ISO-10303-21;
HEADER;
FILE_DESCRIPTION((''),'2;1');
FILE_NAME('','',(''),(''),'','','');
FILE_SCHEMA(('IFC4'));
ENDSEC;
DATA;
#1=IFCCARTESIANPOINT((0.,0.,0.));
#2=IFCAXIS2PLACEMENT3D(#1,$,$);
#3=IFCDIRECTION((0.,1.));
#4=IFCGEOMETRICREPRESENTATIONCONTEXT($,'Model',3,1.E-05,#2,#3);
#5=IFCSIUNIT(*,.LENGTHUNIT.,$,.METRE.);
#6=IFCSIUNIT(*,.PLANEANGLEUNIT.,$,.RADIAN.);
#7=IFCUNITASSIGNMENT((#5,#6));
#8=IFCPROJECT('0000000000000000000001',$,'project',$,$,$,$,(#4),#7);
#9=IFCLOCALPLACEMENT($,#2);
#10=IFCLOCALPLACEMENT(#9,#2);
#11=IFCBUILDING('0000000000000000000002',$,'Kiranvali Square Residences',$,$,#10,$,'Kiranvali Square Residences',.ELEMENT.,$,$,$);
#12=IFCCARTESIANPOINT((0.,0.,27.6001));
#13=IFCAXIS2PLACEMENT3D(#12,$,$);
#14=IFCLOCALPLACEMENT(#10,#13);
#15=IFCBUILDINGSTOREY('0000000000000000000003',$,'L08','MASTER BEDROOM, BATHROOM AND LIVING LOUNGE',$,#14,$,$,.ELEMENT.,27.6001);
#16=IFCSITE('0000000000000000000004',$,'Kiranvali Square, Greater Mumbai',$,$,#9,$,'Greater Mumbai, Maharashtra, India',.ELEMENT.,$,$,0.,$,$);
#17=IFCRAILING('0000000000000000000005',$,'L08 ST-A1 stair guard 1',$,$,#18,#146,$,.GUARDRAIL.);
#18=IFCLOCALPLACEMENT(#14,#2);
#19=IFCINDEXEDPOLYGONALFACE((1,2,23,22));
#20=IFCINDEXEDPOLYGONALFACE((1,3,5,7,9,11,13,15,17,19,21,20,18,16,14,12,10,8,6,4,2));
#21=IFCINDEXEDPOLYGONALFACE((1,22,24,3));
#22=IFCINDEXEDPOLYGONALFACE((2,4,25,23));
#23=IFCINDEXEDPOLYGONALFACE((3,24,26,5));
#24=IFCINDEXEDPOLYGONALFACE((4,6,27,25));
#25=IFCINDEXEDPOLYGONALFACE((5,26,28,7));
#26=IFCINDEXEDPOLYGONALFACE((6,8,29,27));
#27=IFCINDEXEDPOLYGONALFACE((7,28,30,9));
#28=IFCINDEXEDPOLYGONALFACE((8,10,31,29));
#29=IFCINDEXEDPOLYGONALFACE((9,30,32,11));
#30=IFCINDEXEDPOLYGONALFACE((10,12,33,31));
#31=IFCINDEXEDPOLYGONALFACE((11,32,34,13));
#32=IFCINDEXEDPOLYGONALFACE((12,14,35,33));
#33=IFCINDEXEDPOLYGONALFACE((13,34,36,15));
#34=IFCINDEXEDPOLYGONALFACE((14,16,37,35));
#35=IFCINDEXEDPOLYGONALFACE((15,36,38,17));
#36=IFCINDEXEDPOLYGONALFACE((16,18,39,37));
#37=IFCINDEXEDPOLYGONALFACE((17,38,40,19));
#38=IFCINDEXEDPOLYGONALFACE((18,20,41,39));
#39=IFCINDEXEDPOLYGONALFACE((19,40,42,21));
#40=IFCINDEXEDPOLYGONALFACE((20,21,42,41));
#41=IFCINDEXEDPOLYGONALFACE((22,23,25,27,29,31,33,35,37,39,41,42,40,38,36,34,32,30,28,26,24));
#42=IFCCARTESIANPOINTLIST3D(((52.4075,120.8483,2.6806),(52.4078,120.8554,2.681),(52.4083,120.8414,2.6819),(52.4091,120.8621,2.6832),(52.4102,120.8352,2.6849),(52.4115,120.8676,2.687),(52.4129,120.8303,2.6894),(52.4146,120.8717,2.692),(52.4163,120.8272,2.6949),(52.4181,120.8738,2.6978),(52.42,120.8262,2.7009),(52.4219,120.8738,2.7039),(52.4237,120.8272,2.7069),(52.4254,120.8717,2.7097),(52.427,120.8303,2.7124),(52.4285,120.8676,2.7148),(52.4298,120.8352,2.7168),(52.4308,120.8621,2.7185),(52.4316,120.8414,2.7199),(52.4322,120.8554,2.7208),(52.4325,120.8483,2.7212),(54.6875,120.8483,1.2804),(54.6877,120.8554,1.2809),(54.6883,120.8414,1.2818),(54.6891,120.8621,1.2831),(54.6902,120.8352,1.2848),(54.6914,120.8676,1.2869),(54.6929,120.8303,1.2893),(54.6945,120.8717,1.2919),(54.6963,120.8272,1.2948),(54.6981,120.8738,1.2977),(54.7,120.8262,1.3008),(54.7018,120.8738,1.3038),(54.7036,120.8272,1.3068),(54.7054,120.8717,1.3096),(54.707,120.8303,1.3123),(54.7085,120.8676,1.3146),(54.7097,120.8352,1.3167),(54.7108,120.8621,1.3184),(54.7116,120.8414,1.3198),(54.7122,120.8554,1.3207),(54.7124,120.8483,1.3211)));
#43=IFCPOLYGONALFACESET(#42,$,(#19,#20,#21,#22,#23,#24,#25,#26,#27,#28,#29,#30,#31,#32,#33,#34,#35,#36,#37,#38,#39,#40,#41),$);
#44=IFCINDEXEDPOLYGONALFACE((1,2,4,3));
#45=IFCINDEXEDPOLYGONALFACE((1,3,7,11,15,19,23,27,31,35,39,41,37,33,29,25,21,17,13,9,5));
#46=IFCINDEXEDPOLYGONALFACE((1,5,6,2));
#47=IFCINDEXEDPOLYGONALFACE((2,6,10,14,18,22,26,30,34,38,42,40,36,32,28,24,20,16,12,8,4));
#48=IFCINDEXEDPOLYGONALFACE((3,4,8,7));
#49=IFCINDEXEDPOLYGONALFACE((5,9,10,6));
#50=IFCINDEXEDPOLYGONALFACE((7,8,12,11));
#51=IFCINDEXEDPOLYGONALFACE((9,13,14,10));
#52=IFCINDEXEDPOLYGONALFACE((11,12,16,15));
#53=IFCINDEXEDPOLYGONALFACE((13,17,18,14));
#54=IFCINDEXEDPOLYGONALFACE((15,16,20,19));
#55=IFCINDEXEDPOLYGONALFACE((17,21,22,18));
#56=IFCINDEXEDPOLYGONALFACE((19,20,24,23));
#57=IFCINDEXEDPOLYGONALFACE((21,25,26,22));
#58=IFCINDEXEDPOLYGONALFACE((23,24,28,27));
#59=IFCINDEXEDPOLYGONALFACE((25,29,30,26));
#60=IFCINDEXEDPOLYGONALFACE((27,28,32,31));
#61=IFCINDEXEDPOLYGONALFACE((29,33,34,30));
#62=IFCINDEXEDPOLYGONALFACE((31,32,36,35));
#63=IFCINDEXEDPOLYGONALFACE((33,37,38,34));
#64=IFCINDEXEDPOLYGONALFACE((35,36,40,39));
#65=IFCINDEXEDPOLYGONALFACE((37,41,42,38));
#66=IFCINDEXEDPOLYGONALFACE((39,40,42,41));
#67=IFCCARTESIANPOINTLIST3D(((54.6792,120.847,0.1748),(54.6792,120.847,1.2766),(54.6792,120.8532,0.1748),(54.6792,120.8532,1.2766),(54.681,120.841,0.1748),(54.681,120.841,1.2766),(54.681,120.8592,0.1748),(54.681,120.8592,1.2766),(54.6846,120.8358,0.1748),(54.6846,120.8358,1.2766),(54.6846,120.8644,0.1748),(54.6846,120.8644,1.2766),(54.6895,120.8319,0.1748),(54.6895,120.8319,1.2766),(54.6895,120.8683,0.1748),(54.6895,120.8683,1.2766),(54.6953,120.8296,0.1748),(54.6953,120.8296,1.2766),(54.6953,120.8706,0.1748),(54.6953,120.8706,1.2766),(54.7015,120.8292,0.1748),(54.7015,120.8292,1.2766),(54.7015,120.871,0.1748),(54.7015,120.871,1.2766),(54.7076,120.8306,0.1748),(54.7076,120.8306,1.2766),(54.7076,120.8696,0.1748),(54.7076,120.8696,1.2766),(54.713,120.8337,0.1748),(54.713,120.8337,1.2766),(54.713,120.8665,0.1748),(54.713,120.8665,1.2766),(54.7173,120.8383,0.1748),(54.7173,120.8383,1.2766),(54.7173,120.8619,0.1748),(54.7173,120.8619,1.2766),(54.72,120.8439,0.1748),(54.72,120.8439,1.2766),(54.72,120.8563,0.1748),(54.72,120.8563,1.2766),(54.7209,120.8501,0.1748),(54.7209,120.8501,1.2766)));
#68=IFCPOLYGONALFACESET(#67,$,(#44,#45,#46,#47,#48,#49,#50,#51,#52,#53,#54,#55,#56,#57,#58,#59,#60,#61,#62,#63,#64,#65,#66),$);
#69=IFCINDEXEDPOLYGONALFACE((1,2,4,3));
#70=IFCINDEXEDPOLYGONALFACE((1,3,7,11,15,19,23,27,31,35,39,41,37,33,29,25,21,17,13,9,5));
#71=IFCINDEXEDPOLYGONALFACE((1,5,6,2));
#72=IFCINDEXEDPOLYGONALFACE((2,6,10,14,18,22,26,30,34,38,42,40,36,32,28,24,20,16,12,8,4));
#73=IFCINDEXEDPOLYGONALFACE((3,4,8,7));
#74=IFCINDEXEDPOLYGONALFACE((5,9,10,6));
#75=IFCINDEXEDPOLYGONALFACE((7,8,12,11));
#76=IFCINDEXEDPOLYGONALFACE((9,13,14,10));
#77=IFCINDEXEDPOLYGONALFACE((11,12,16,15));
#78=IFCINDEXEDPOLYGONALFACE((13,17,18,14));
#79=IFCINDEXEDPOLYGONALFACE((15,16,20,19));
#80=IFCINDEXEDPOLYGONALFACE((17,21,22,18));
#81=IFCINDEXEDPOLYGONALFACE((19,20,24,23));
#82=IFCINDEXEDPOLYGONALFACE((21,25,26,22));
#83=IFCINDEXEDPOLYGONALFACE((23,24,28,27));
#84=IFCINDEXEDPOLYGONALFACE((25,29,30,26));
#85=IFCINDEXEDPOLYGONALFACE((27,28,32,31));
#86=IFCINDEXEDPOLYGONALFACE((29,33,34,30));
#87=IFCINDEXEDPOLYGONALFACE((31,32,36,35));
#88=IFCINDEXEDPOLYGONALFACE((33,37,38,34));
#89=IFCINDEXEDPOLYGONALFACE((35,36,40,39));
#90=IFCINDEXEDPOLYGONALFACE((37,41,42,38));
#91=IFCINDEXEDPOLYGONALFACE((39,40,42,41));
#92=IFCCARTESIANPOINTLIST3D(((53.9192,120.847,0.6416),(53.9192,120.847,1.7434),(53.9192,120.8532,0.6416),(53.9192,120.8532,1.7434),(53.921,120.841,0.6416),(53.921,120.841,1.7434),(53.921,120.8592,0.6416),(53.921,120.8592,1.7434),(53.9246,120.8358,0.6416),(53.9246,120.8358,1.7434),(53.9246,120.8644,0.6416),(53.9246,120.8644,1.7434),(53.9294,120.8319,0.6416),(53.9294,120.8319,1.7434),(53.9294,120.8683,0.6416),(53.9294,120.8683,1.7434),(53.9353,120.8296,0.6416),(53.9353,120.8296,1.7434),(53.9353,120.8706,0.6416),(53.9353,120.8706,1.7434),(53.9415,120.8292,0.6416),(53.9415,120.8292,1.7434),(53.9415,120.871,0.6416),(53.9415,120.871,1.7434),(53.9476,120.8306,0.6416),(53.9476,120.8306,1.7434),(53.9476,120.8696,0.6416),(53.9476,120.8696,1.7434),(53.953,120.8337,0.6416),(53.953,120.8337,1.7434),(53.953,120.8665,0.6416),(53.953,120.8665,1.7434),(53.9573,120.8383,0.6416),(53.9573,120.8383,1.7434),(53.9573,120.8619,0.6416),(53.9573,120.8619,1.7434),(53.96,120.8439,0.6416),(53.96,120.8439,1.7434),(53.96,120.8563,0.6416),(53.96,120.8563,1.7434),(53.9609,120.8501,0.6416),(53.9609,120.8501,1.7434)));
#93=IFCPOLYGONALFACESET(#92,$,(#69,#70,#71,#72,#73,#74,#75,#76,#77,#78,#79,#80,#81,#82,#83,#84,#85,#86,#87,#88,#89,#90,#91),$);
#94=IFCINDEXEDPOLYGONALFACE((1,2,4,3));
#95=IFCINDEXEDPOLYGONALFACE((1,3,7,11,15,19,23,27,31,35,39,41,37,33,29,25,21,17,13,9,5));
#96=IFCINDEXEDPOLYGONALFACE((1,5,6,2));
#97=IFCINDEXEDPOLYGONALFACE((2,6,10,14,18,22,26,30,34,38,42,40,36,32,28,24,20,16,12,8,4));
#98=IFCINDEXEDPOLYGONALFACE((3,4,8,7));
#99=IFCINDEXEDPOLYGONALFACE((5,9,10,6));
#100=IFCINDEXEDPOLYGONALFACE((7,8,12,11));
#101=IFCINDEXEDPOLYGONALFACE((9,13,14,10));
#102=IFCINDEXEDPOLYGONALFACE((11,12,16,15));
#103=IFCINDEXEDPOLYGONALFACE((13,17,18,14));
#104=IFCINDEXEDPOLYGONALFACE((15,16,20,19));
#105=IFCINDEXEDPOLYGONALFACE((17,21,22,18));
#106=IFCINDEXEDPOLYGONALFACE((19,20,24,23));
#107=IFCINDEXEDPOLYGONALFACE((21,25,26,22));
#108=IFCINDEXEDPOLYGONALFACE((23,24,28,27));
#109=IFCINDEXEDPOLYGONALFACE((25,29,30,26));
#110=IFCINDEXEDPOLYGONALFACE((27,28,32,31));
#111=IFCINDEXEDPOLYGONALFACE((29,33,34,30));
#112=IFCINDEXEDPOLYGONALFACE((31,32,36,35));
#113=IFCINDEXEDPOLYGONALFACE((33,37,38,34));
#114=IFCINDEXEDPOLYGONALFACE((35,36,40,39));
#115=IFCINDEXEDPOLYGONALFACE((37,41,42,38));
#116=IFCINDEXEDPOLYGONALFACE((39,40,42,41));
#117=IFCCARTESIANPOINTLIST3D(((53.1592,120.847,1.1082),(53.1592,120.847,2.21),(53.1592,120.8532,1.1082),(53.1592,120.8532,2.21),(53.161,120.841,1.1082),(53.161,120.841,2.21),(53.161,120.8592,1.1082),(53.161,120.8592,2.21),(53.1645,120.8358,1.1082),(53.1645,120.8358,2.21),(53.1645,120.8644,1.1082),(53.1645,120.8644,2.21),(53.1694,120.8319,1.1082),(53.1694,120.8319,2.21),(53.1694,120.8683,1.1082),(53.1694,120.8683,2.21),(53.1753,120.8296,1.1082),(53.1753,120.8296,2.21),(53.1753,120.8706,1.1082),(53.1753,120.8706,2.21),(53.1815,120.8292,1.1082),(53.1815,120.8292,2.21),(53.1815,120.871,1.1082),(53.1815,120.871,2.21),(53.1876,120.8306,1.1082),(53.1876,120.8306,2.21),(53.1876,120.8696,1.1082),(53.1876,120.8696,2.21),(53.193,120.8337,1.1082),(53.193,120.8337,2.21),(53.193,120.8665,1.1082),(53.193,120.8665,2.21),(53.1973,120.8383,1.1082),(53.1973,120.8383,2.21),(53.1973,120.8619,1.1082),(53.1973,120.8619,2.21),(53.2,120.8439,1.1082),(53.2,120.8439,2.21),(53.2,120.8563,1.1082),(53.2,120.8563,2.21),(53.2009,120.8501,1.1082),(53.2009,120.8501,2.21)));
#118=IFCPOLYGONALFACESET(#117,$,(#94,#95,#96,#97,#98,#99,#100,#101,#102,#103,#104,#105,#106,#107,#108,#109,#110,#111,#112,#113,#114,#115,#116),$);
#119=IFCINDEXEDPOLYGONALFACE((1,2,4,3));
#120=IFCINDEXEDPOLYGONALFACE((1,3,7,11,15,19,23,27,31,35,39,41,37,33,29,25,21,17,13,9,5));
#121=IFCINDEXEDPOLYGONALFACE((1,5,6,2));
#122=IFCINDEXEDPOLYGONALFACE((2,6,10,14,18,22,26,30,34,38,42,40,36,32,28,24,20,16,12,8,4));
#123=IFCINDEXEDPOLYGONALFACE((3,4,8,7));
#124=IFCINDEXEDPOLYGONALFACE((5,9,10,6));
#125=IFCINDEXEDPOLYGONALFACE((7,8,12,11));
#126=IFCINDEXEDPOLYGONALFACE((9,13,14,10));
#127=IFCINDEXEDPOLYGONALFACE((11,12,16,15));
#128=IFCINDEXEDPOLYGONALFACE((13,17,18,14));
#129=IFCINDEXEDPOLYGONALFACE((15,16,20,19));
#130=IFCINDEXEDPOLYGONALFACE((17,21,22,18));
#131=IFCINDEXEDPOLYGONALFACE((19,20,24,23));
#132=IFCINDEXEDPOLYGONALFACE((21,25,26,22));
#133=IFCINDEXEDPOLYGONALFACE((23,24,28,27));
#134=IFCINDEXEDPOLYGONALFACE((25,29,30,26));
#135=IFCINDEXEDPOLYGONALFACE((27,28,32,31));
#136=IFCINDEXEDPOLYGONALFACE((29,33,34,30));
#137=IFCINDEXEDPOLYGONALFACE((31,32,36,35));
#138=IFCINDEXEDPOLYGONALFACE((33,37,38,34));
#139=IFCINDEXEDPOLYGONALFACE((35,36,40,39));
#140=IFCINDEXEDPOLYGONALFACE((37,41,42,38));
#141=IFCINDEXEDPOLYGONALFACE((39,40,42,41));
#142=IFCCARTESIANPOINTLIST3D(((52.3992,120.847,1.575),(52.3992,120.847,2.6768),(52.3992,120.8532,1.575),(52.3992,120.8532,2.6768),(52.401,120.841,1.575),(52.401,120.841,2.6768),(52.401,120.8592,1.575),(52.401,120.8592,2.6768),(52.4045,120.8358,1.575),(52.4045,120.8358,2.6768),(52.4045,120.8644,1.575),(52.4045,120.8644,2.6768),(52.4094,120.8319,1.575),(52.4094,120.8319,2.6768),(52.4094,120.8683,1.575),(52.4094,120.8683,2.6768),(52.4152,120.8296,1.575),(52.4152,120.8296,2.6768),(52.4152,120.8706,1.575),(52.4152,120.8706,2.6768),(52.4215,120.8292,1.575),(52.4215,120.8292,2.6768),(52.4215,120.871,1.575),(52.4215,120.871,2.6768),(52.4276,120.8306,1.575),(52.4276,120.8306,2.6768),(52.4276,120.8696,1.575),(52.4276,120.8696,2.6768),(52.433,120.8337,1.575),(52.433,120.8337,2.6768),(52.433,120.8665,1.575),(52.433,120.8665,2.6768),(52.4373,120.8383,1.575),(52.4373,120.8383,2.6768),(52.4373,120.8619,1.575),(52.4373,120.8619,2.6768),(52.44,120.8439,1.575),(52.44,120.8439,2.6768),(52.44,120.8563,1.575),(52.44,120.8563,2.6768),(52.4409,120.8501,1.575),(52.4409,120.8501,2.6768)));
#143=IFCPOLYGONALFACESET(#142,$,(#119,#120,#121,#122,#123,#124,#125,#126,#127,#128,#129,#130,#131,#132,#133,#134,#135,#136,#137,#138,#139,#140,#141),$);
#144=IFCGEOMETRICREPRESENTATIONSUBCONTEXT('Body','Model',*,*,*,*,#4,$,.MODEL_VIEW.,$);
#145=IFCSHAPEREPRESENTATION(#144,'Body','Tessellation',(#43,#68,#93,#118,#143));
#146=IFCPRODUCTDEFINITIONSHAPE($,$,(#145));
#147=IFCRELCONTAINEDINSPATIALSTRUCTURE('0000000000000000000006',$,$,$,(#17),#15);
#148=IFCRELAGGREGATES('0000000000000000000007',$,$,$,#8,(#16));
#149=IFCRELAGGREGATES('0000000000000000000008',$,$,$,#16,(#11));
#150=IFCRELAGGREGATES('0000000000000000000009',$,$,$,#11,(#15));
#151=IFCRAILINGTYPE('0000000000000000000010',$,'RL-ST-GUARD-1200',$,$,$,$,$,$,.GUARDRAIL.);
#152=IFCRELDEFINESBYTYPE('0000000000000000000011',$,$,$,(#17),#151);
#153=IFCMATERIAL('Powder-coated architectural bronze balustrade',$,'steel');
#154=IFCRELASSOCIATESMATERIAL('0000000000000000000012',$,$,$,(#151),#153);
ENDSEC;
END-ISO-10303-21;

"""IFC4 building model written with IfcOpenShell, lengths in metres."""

from ifc_helpers import new_model, si_unit, direction, frame, origin, origin_2d, place, context, subcontext, project, spatial, circle, extrude, material, type_object, element, save


model = new_model("IFC4")

# Units and contexts
model_context = context("Model", 3, precision=1e-05, world=origin(), true_north=direction((0.0, 1.0)))
body_context = subcontext(model_context, "Body", "Model", "MODEL_VIEW")
ifc_project = project(units=[si_unit("LENGTHUNIT", "METRE"), si_unit("PLANEANGLEUNIT", "RADIAN")], contexts=[model_context])

# Site, building, storey
site_placement = place(None, origin())
site = spatial("IfcSite", under=ifc_project, at=site_placement, Name="Kiranvali Square, Greater Mumbai", LongName="Greater Mumbai, Maharashtra, India", CompositionType="ELEMENT", RefElevation=0.0)
building_placement = place(site_placement, origin())
building = spatial("IfcBuilding", under=site, at=building_placement, Name="Kiranvali Square Residences", LongName="Kiranvali Square Residences", CompositionType="ELEMENT")
storey_placement = place(building_placement, frame((0.0, 0.0, 27.6001)))
storey = spatial("IfcBuildingStorey", under=building, at=storey_placement, Name="L08", Description="MASTER BEDROOM, BATHROOM AND LIVING LOUNGE", CompositionType="ELEMENT", Elevation=27.6001)

# Railing
ifc_material_1 = material(Name="Powder-coated architectural bronze balustrade", Category="steel")
railing_type_1 = type_object("IfcRailingType", Name="RL-ST-GUARD-1200", PredefinedType="GUARDRAIL", material=ifc_material_1)
railing_1_placement = place(storey_placement, frame((54.7, 120.8501, 0.1748)))
element("IfcRailing", 1, at=railing_1_placement, inside=storey, type_object=railing_type_1, Name="L08 ST-A1 stair guard 1", PredefinedType="GUARDRAIL", context=body_context, shape_type="SweptSolid", body=[
    extrude(circle(Radius=0.0239, at=origin_2d()), frame((0.0, 0.0, 1.126), z_axis=(-0.85215, 0.0, 0.523298), x_axis=(0.0, -1.0, 0.0)), (0.0, 0.0, 1.0), 2.6755),
    extrude(circle(Radius=0.021, at=origin_2d()), origin(), (0.0, 0.0, 1.0), 1.1018),
    extrude(circle(Radius=0.021, at=origin_2d()), frame((-0.76, 0.0, 0.4668)), (0.0, 0.0, 1.0), 1.1018),
    extrude(circle(Radius=0.021, at=origin_2d()), frame((-1.52, 0.0, 0.9333)), (0.0, 0.0, 1.0), 1.1018),
    extrude(circle(Radius=0.021, at=origin_2d()), frame((-2.28, 0.0, 1.4001)), (0.0, 0.0, 1.0), 1.1018),
])

save(model, "model.ifc")
